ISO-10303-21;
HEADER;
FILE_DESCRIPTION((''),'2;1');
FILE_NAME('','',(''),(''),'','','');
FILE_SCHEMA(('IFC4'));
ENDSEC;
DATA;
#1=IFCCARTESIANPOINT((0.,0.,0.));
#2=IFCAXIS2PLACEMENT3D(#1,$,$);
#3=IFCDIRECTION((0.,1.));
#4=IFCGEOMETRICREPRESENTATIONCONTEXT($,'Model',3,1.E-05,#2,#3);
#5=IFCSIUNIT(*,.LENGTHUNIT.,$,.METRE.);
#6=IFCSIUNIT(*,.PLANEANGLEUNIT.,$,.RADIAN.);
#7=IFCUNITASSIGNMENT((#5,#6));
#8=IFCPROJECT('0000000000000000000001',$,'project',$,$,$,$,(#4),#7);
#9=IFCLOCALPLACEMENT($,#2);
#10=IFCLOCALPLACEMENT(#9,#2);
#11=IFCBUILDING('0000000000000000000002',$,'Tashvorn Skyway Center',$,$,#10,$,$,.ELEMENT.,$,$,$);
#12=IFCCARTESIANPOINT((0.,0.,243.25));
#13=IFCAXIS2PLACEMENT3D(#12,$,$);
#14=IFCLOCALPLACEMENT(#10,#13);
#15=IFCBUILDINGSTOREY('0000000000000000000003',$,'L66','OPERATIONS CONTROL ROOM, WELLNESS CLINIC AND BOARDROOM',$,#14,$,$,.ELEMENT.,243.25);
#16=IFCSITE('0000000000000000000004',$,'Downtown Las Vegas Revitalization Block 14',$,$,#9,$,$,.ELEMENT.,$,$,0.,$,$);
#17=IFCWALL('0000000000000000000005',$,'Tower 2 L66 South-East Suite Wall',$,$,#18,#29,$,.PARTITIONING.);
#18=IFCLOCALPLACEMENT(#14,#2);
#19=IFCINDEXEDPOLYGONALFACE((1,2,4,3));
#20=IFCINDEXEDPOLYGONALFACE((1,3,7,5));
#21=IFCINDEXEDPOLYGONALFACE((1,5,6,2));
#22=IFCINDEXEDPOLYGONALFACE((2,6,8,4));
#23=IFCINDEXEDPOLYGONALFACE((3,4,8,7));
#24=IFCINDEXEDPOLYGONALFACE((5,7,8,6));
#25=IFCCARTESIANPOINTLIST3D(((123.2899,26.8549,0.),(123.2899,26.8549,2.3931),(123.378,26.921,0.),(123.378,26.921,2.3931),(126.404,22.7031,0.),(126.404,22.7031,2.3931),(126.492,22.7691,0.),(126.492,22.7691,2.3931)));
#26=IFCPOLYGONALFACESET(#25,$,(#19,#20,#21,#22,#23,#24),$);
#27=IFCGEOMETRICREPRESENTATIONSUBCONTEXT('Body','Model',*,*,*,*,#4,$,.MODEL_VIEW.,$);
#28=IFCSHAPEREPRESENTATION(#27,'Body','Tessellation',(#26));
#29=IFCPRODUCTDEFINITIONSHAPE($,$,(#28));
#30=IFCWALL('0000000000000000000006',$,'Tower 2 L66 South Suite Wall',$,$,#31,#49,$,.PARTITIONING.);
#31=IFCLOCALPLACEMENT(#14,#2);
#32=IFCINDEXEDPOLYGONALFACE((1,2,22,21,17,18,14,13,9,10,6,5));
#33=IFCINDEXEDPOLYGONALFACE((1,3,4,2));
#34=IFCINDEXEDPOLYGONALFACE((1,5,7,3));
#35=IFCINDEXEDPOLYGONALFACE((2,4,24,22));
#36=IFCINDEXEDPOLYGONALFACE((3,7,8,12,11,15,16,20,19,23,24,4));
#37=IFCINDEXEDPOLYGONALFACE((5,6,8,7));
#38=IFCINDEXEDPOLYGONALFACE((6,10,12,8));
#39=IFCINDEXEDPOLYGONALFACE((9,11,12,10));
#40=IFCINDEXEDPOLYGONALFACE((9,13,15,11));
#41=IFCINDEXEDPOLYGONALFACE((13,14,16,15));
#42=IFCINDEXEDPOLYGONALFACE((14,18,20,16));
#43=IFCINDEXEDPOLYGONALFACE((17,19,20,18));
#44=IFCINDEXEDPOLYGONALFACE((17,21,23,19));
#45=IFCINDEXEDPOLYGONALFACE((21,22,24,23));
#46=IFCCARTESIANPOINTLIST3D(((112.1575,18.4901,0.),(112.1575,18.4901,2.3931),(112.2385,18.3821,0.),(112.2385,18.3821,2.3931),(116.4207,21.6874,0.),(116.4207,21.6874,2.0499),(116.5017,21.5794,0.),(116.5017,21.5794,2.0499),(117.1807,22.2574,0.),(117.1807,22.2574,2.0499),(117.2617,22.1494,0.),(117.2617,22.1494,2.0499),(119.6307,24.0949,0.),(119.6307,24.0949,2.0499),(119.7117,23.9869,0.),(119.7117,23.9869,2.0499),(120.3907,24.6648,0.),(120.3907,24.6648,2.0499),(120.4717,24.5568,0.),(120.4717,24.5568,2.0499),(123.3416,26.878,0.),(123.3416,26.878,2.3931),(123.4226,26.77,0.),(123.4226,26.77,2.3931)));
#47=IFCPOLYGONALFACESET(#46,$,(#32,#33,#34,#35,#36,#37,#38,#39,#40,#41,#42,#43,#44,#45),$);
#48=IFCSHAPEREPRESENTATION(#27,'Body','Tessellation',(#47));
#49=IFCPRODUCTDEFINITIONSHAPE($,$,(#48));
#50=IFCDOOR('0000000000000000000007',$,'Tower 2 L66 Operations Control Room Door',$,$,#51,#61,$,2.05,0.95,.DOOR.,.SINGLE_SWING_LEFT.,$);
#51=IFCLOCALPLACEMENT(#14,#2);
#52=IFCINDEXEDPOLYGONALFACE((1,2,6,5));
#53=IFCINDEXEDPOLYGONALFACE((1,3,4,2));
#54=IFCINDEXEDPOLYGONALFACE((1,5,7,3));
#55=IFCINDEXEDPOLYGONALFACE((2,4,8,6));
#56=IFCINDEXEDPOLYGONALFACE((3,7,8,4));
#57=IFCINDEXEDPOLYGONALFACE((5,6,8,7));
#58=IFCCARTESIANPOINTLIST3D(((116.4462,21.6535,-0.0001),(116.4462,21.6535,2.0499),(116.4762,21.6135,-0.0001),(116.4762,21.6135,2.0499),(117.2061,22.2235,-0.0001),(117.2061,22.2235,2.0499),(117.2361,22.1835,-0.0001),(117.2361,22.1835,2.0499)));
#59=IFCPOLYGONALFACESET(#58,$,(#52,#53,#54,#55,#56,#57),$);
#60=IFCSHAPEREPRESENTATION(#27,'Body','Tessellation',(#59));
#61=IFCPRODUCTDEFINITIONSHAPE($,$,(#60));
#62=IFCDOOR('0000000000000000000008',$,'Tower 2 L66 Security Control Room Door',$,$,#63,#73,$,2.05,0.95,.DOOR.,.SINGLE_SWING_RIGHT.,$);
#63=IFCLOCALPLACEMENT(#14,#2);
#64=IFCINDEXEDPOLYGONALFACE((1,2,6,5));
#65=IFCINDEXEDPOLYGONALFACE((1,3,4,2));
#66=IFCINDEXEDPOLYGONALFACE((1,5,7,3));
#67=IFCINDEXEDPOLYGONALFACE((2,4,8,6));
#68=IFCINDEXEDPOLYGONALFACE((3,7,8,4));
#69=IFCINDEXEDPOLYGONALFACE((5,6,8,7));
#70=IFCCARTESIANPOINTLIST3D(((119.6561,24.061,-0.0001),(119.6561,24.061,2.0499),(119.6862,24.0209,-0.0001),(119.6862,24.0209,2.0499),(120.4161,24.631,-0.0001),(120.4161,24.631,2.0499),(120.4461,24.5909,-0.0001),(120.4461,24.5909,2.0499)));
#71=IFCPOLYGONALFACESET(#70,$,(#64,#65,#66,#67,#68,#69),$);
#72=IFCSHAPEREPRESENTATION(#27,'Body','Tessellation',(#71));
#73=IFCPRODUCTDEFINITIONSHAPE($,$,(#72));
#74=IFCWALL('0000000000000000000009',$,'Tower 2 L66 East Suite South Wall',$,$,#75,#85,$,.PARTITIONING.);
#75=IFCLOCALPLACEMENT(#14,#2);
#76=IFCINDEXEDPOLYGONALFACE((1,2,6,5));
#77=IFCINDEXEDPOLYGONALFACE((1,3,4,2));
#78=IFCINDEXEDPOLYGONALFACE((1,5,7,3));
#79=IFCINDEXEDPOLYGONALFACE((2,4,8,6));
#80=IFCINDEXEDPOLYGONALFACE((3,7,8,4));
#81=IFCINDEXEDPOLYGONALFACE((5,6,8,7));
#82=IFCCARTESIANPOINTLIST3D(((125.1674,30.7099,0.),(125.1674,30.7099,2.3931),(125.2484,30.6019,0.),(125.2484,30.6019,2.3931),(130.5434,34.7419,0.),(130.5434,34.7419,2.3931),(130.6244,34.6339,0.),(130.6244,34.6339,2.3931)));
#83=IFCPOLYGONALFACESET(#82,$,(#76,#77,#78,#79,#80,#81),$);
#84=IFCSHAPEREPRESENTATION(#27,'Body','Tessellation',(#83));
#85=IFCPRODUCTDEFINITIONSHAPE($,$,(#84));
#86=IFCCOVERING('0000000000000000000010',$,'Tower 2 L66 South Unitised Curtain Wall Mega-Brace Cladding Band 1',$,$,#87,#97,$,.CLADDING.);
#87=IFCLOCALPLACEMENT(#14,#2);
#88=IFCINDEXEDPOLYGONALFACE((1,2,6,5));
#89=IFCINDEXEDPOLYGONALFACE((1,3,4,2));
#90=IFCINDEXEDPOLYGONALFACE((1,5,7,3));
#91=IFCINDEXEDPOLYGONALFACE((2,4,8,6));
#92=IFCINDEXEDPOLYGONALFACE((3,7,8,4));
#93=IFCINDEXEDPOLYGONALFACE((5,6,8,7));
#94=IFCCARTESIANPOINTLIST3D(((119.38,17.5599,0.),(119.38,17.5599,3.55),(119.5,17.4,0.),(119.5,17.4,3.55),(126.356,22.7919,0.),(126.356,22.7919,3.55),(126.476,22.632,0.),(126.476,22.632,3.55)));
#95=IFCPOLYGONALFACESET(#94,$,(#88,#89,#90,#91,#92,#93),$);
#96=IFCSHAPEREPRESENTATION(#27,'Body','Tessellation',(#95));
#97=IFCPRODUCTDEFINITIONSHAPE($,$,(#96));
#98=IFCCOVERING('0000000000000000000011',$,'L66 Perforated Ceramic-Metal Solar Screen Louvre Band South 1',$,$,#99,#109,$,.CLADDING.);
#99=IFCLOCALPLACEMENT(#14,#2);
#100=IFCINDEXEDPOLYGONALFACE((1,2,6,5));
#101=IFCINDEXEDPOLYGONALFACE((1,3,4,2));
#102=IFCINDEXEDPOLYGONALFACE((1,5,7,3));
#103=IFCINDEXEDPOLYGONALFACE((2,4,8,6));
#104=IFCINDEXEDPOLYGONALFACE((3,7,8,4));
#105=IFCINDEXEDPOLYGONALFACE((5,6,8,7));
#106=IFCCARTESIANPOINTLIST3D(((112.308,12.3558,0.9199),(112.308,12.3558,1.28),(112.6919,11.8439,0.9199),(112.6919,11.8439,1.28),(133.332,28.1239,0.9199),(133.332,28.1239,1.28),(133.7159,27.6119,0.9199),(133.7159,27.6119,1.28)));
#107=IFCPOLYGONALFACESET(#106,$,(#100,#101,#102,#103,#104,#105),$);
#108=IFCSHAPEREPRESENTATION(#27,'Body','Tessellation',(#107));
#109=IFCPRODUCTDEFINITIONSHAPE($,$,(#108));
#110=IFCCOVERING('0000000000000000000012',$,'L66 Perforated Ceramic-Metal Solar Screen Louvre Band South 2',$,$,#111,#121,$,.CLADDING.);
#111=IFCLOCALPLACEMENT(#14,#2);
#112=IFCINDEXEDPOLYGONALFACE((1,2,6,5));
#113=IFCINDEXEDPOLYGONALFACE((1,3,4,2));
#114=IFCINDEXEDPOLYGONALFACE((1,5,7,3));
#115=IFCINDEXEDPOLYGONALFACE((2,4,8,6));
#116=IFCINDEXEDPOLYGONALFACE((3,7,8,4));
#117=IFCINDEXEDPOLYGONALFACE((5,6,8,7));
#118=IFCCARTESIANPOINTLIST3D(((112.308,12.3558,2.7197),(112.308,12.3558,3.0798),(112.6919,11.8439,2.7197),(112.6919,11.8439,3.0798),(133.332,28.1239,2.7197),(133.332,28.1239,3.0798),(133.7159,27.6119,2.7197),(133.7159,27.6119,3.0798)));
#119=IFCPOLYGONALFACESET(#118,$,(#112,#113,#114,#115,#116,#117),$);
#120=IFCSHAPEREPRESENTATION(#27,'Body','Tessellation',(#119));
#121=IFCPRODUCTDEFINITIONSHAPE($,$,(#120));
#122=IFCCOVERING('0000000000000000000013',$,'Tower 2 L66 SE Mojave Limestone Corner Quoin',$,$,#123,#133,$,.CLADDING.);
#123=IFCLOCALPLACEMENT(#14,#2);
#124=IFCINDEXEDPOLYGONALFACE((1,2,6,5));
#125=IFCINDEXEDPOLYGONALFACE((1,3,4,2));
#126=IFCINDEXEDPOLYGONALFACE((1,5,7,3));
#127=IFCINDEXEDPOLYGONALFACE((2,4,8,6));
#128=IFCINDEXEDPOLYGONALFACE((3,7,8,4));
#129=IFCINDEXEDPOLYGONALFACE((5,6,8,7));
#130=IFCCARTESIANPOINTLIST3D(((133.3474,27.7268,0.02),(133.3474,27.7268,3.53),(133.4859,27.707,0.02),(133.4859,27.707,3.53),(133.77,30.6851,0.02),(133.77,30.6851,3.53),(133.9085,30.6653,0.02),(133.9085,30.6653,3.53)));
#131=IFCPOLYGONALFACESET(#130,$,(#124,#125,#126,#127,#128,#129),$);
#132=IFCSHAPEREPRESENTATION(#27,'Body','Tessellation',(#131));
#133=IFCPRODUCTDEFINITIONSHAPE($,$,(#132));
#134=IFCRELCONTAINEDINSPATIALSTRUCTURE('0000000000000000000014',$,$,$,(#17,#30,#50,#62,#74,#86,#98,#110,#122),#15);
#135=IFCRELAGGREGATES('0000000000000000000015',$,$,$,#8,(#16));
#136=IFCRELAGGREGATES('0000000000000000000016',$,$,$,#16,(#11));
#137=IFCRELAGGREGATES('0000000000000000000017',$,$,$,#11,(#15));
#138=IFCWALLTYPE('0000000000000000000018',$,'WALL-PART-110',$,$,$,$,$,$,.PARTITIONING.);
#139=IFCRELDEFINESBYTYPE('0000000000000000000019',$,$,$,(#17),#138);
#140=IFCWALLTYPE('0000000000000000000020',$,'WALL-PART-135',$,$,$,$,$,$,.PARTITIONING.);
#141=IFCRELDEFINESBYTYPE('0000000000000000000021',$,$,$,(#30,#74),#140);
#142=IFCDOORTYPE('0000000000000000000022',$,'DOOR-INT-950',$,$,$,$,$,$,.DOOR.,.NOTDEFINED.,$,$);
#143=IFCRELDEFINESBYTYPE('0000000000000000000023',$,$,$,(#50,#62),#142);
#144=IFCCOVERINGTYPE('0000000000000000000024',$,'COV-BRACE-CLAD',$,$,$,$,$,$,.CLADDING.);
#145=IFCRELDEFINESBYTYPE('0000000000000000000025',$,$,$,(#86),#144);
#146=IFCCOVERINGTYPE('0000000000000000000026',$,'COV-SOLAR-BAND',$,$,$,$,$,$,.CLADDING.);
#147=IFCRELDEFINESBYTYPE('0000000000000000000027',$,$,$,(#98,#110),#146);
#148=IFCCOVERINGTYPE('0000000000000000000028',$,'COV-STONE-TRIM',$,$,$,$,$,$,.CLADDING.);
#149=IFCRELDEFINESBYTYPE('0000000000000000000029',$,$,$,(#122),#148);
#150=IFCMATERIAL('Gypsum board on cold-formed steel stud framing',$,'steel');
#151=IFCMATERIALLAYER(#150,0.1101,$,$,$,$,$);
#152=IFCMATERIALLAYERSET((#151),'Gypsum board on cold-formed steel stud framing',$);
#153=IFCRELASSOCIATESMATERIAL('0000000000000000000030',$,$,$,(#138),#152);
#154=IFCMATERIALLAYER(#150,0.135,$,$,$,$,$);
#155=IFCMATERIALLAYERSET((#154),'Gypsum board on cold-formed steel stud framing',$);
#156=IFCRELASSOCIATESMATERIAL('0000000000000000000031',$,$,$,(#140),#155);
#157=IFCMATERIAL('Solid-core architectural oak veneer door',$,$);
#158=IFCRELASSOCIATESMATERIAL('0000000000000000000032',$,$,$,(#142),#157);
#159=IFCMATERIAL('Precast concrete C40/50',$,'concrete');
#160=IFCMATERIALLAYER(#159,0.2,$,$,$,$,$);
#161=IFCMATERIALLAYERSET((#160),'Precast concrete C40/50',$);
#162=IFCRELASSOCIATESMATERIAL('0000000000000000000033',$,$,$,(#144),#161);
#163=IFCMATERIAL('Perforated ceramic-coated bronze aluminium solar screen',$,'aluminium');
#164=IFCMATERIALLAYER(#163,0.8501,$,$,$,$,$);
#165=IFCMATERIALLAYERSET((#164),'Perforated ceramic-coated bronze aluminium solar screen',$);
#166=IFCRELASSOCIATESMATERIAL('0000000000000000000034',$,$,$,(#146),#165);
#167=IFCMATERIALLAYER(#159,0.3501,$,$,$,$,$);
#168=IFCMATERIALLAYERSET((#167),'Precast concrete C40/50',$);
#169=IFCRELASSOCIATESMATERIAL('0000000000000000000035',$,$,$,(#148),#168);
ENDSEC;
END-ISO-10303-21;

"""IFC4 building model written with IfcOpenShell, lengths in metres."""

from ifc_helpers import new_model, si_unit, direction, frame, frame_2d, origin, origin_2d, place, context, subcontext, project, spatial, rectangle, extrude, material, layer, layer_set, type_object, element, fill, save


model = new_model("IFC4")

# Units and contexts
model_context = context("Model", 3, precision=1e-05, world=origin(), true_north=direction((0.0, 1.0)))
body_context = subcontext(model_context, "Body", "Model", "MODEL_VIEW")
ifc_project = project(units=[si_unit("LENGTHUNIT", "METRE"), si_unit("PLANEANGLEUNIT", "RADIAN")], contexts=[model_context])

# Site, building, storey
site_placement = place(None, origin())
site = spatial("IfcSite", under=ifc_project, at=site_placement, Name="Downtown Las Vegas Revitalization Block 14", CompositionType="ELEMENT", RefElevation=0.0)
building_placement = place(site_placement, origin())
building = spatial("IfcBuilding", under=site, at=building_placement, Name="Tashvorn Skyway Center", CompositionType="ELEMENT")
storey_placement = place(building_placement, frame((0.0, 0.0, 243.25)))
storey = spatial("IfcBuildingStorey", under=building, at=storey_placement, Name="L66", Description="OPERATIONS CONTROL ROOM, WELLNESS CLINIC AND BOARDROOM", CompositionType="ELEMENT", Elevation=243.25)

# Wall
ifc_material_1 = material(Name="Precast concrete C40/50", Category="concrete")
ifc_material_2 = material(Name="Gypsum board on cold-formed steel stud framing", Category="steel")
ifc_layer_1 = layer(ifc_material_2, 0.1101)
ifc_layer_set_1 = layer_set([ifc_layer_1], Name="Gypsum board on cold-formed steel stud framing")
wall_type_1 = type_object("IfcWallType", Name="WALL-PART-110", PredefinedType="PARTITIONING", material=ifc_layer_set_1)
wall_1_placement = place(storey_placement, frame((126.448, 22.7361, 0.0), z_axis=(0.0, 0.0, 1.0), x_axis=(-0.600015, 0.799989, 0.0)))
element("IfcWall", 1, at=wall_1_placement, inside=storey, type_object=wall_type_1, Name="Tower 2 L66 South-East Suite Wall", PredefinedType="PARTITIONING", context=body_context, shape_type="SweptSolid", body=[
    extrude(rectangle(XDim=5.1899, YDim=0.1101, at=frame_2d((2.595, 0.0))), origin(), (0.0, 0.0, 1.0), 2.3931),
])

# Wall, openings, doors
ifc_layer_2 = layer(ifc_material_2, 0.135)
ifc_layer_set_2 = layer_set([ifc_layer_2], Name="Gypsum board on cold-formed steel stud framing")
wall_type_2 = type_object("IfcWallType", Name="WALL-PART-135", PredefinedType="PARTITIONING", material=ifc_layer_set_2)
wall_2_placement = place(storey_placement, frame((123.3821, 26.824, 0.0), z_axis=(0.0, 0.0, 1.0), x_axis=(-0.800004, -0.599994, 0.0)))
wall_2 = element("IfcWall", 2, at=wall_2_placement, inside=storey, type_object=wall_type_2, Name="Tower 2 L66 South Suite Wall", PredefinedType="PARTITIONING", context=body_context, shape_type="SweptSolid", body=[
    extrude(rectangle(XDim=13.98, YDim=0.135, at=frame_2d((6.99, 0.0))), origin(), (0.0, 0.0, 1.0), 2.3931),
])
opening_1_placement = place(wall_2_placement, frame((7.7009, 0.0, 0.0)))
opening_1 = element("IfcOpeningElement", 3, at=opening_1_placement, cuts=wall_2, PredefinedType="OPENING", context=body_context, shape_type="SweptSolid", body=[
    extrude(rectangle(XDim=0.95, YDim=2.05, at=frame_2d((0.4751, 1.0249))), frame((0.0, 0.0774, 0.0), z_axis=(0.0, -1.0, 0.0), x_axis=(1.0, 0.0, 0.0)), (0.0, 0.0, 1.0), 0.155),
])
opening_2_placement = place(wall_2_placement, frame((3.6885, 0.0, 0.0)))
opening_2 = element("IfcOpeningElement", 4, at=opening_2_placement, cuts=wall_2, PredefinedType="OPENING", context=body_context, shape_type="SweptSolid", body=[
    extrude(rectangle(XDim=0.95, YDim=2.05, at=frame_2d((0.4751, 1.0249))), frame((0.0, 0.0774, 0.0), z_axis=(0.0, -1.0, 0.0), x_axis=(1.0, 0.0, 0.0)), (0.0, 0.0, 1.0), 0.155),
])
ifc_material_3 = material(Name="Solid-core architectural oak veneer door")
door_type_1 = type_object("IfcDoorType", Name="DOOR-INT-950", OperationType="NOTDEFINED", PredefinedType="DOOR", material=ifc_material_3)
door_1_placement = place(opening_1_placement, origin())
door_1 = element("IfcDoor", 5, at=door_1_placement, inside=storey, type_object=door_type_1, Name="Tower 2 L66 Operations Control Room Door", OperationType="SINGLE_SWING_LEFT", OverallHeight=2.05, OverallWidth=0.95, PredefinedType="DOOR", context=body_context, shape_type="SweptSolid", body=[
    extrude(rectangle(XDim=0.95, YDim=2.05, at=frame_2d((0.4751, 1.0249))), frame((0.0, 0.0249, 0.0), z_axis=(0.0, -1.0, 0.0), x_axis=(1.0, 0.0, 0.0)), (0.0, 0.0, 1.0), 0.05),
])
fill(opening_1, door_1)
door_2_placement = place(opening_2_placement, origin())
door_2 = element("IfcDoor", 6, at=door_2_placement, inside=storey, type_object=door_type_1, Name="Tower 2 L66 Security Control Room Door", OperationType="SINGLE_SWING_RIGHT", OverallHeight=2.05, OverallWidth=0.95, PredefinedType="DOOR", context=body_context, shape_type="SweptSolid", body=[
    extrude(rectangle(XDim=0.95, YDim=2.05, at=frame_2d((0.4751, 1.0249))), frame((0.0, 0.0249, 0.0), z_axis=(0.0, -1.0, 0.0), x_axis=(1.0, 0.0, 0.0)), (0.0, 0.0, 1.0), 0.05),
])
fill(opening_2, door_2)

# Wall
wall_3_placement = place(storey_placement, frame((125.208, 30.656, 0.0), z_axis=(0.0, 0.0, 1.0), x_axis=(0.8, 0.6, 0.0)))
element("IfcWall", 7, at=wall_3_placement, inside=storey, type_object=wall_type_2, Name="Tower 2 L66 East Suite South Wall", PredefinedType="PARTITIONING", context=body_context, shape_type="SweptSolid", body=[
    extrude(rectangle(XDim=6.72, YDim=0.135, at=frame_2d((3.3599, 0.0))), origin(), (0.0, 0.0, 1.0), 2.3931),
])

# Coverings
ifc_layer_3 = layer(ifc_material_1, 0.2)
ifc_layer_set_3 = layer_set([ifc_layer_3], Name="Precast concrete C40/50")
covering_type_1 = type_object("IfcCoveringType", Name="COV-BRACE-CLAD", PredefinedType="CLADDING", material=ifc_layer_set_3)
covering_1_placement = place(storey_placement, frame((122.928, 20.0959, 0.0), z_axis=(0.0, 0.0, 1.0), x_axis=(-0.8, -0.6, 0.0)))
element("IfcCovering", 8, at=covering_1_placement, inside=storey, type_object=covering_type_1, Name="Tower 2 L66 South Unitised Curtain Wall Mega-Brace Cladding Band 1", PredefinedType="CLADDING", context=body_context, shape_type="SweptSolid", body=[
    extrude(rectangle(XDim=8.72, YDim=0.2, at=origin_2d()), origin(), (0.0, 0.0, 1.0), 3.55),
])
ifc_material_4 = material(Name="Perforated ceramic-coated bronze aluminium solar screen", Category="aluminium")
ifc_layer_4 = layer(ifc_material_4, 0.8501)
ifc_layer_set_4 = layer_set([ifc_layer_4], Name="Perforated ceramic-coated bronze aluminium solar screen")
covering_type_2 = type_object("IfcCoveringType", Name="COV-SOLAR-BAND", PredefinedType="CLADDING", material=ifc_layer_set_4)
for number, where, z_axis, x_axis, name in (
    (9, (123.012, 19.9839, 0.9199), (0.0, 0.0, 1.0), (-0.8, -0.6, 0.0), "L66 Perforated Ceramic-Metal Solar Screen Louvre Band South 1"),
    (10, (123.012, 19.9839, 2.7197), (0.0, 0.0, 1.0), (-0.8, -0.6, 0.0), "L66 Perforated Ceramic-Metal Solar Screen Louvre Band South 2"),
):
    element("IfcCovering", number, at=place(storey_placement, frame(where, z_axis=z_axis, x_axis=x_axis)), inside=storey, type_object=covering_type_2, Name=name, PredefinedType="CLADDING", context=body_context, shape_type="SweptSolid", body=[
        extrude(rectangle(XDim=26.28, YDim=0.6399, at=origin_2d()), origin(), (0.0, 0.0, 1.0), 0.3601),
    ])
ifc_layer_5 = layer(ifc_material_1, 0.3501)
ifc_layer_set_5 = layer_set([ifc_layer_5], Name="Precast concrete C40/50")
covering_type_3 = type_object("IfcCoveringType", Name="COV-STONE-TRIM", PredefinedType="CLADDING", material=ifc_layer_set_5)
covering_2_placement = place(storey_placement, frame((133.6279, 29.196, 0.02), z_axis=(0.0, 0.0, 1.0), x_axis=(0.141421, 0.989949, 0.0)))
element("IfcCovering", 11, at=covering_2_placement, inside=storey, type_object=covering_type_3, Name="Tower 2 L66 SE Mojave Limestone Corner Quoin", PredefinedType="CLADDING", context=body_context, shape_type="SweptSolid", body=[
    extrude(rectangle(XDim=2.9883, YDim=0.1399, at=origin_2d()), origin(), (0.0, 0.0, 1.0), 3.51),
])

save(model, "model.ifc")
